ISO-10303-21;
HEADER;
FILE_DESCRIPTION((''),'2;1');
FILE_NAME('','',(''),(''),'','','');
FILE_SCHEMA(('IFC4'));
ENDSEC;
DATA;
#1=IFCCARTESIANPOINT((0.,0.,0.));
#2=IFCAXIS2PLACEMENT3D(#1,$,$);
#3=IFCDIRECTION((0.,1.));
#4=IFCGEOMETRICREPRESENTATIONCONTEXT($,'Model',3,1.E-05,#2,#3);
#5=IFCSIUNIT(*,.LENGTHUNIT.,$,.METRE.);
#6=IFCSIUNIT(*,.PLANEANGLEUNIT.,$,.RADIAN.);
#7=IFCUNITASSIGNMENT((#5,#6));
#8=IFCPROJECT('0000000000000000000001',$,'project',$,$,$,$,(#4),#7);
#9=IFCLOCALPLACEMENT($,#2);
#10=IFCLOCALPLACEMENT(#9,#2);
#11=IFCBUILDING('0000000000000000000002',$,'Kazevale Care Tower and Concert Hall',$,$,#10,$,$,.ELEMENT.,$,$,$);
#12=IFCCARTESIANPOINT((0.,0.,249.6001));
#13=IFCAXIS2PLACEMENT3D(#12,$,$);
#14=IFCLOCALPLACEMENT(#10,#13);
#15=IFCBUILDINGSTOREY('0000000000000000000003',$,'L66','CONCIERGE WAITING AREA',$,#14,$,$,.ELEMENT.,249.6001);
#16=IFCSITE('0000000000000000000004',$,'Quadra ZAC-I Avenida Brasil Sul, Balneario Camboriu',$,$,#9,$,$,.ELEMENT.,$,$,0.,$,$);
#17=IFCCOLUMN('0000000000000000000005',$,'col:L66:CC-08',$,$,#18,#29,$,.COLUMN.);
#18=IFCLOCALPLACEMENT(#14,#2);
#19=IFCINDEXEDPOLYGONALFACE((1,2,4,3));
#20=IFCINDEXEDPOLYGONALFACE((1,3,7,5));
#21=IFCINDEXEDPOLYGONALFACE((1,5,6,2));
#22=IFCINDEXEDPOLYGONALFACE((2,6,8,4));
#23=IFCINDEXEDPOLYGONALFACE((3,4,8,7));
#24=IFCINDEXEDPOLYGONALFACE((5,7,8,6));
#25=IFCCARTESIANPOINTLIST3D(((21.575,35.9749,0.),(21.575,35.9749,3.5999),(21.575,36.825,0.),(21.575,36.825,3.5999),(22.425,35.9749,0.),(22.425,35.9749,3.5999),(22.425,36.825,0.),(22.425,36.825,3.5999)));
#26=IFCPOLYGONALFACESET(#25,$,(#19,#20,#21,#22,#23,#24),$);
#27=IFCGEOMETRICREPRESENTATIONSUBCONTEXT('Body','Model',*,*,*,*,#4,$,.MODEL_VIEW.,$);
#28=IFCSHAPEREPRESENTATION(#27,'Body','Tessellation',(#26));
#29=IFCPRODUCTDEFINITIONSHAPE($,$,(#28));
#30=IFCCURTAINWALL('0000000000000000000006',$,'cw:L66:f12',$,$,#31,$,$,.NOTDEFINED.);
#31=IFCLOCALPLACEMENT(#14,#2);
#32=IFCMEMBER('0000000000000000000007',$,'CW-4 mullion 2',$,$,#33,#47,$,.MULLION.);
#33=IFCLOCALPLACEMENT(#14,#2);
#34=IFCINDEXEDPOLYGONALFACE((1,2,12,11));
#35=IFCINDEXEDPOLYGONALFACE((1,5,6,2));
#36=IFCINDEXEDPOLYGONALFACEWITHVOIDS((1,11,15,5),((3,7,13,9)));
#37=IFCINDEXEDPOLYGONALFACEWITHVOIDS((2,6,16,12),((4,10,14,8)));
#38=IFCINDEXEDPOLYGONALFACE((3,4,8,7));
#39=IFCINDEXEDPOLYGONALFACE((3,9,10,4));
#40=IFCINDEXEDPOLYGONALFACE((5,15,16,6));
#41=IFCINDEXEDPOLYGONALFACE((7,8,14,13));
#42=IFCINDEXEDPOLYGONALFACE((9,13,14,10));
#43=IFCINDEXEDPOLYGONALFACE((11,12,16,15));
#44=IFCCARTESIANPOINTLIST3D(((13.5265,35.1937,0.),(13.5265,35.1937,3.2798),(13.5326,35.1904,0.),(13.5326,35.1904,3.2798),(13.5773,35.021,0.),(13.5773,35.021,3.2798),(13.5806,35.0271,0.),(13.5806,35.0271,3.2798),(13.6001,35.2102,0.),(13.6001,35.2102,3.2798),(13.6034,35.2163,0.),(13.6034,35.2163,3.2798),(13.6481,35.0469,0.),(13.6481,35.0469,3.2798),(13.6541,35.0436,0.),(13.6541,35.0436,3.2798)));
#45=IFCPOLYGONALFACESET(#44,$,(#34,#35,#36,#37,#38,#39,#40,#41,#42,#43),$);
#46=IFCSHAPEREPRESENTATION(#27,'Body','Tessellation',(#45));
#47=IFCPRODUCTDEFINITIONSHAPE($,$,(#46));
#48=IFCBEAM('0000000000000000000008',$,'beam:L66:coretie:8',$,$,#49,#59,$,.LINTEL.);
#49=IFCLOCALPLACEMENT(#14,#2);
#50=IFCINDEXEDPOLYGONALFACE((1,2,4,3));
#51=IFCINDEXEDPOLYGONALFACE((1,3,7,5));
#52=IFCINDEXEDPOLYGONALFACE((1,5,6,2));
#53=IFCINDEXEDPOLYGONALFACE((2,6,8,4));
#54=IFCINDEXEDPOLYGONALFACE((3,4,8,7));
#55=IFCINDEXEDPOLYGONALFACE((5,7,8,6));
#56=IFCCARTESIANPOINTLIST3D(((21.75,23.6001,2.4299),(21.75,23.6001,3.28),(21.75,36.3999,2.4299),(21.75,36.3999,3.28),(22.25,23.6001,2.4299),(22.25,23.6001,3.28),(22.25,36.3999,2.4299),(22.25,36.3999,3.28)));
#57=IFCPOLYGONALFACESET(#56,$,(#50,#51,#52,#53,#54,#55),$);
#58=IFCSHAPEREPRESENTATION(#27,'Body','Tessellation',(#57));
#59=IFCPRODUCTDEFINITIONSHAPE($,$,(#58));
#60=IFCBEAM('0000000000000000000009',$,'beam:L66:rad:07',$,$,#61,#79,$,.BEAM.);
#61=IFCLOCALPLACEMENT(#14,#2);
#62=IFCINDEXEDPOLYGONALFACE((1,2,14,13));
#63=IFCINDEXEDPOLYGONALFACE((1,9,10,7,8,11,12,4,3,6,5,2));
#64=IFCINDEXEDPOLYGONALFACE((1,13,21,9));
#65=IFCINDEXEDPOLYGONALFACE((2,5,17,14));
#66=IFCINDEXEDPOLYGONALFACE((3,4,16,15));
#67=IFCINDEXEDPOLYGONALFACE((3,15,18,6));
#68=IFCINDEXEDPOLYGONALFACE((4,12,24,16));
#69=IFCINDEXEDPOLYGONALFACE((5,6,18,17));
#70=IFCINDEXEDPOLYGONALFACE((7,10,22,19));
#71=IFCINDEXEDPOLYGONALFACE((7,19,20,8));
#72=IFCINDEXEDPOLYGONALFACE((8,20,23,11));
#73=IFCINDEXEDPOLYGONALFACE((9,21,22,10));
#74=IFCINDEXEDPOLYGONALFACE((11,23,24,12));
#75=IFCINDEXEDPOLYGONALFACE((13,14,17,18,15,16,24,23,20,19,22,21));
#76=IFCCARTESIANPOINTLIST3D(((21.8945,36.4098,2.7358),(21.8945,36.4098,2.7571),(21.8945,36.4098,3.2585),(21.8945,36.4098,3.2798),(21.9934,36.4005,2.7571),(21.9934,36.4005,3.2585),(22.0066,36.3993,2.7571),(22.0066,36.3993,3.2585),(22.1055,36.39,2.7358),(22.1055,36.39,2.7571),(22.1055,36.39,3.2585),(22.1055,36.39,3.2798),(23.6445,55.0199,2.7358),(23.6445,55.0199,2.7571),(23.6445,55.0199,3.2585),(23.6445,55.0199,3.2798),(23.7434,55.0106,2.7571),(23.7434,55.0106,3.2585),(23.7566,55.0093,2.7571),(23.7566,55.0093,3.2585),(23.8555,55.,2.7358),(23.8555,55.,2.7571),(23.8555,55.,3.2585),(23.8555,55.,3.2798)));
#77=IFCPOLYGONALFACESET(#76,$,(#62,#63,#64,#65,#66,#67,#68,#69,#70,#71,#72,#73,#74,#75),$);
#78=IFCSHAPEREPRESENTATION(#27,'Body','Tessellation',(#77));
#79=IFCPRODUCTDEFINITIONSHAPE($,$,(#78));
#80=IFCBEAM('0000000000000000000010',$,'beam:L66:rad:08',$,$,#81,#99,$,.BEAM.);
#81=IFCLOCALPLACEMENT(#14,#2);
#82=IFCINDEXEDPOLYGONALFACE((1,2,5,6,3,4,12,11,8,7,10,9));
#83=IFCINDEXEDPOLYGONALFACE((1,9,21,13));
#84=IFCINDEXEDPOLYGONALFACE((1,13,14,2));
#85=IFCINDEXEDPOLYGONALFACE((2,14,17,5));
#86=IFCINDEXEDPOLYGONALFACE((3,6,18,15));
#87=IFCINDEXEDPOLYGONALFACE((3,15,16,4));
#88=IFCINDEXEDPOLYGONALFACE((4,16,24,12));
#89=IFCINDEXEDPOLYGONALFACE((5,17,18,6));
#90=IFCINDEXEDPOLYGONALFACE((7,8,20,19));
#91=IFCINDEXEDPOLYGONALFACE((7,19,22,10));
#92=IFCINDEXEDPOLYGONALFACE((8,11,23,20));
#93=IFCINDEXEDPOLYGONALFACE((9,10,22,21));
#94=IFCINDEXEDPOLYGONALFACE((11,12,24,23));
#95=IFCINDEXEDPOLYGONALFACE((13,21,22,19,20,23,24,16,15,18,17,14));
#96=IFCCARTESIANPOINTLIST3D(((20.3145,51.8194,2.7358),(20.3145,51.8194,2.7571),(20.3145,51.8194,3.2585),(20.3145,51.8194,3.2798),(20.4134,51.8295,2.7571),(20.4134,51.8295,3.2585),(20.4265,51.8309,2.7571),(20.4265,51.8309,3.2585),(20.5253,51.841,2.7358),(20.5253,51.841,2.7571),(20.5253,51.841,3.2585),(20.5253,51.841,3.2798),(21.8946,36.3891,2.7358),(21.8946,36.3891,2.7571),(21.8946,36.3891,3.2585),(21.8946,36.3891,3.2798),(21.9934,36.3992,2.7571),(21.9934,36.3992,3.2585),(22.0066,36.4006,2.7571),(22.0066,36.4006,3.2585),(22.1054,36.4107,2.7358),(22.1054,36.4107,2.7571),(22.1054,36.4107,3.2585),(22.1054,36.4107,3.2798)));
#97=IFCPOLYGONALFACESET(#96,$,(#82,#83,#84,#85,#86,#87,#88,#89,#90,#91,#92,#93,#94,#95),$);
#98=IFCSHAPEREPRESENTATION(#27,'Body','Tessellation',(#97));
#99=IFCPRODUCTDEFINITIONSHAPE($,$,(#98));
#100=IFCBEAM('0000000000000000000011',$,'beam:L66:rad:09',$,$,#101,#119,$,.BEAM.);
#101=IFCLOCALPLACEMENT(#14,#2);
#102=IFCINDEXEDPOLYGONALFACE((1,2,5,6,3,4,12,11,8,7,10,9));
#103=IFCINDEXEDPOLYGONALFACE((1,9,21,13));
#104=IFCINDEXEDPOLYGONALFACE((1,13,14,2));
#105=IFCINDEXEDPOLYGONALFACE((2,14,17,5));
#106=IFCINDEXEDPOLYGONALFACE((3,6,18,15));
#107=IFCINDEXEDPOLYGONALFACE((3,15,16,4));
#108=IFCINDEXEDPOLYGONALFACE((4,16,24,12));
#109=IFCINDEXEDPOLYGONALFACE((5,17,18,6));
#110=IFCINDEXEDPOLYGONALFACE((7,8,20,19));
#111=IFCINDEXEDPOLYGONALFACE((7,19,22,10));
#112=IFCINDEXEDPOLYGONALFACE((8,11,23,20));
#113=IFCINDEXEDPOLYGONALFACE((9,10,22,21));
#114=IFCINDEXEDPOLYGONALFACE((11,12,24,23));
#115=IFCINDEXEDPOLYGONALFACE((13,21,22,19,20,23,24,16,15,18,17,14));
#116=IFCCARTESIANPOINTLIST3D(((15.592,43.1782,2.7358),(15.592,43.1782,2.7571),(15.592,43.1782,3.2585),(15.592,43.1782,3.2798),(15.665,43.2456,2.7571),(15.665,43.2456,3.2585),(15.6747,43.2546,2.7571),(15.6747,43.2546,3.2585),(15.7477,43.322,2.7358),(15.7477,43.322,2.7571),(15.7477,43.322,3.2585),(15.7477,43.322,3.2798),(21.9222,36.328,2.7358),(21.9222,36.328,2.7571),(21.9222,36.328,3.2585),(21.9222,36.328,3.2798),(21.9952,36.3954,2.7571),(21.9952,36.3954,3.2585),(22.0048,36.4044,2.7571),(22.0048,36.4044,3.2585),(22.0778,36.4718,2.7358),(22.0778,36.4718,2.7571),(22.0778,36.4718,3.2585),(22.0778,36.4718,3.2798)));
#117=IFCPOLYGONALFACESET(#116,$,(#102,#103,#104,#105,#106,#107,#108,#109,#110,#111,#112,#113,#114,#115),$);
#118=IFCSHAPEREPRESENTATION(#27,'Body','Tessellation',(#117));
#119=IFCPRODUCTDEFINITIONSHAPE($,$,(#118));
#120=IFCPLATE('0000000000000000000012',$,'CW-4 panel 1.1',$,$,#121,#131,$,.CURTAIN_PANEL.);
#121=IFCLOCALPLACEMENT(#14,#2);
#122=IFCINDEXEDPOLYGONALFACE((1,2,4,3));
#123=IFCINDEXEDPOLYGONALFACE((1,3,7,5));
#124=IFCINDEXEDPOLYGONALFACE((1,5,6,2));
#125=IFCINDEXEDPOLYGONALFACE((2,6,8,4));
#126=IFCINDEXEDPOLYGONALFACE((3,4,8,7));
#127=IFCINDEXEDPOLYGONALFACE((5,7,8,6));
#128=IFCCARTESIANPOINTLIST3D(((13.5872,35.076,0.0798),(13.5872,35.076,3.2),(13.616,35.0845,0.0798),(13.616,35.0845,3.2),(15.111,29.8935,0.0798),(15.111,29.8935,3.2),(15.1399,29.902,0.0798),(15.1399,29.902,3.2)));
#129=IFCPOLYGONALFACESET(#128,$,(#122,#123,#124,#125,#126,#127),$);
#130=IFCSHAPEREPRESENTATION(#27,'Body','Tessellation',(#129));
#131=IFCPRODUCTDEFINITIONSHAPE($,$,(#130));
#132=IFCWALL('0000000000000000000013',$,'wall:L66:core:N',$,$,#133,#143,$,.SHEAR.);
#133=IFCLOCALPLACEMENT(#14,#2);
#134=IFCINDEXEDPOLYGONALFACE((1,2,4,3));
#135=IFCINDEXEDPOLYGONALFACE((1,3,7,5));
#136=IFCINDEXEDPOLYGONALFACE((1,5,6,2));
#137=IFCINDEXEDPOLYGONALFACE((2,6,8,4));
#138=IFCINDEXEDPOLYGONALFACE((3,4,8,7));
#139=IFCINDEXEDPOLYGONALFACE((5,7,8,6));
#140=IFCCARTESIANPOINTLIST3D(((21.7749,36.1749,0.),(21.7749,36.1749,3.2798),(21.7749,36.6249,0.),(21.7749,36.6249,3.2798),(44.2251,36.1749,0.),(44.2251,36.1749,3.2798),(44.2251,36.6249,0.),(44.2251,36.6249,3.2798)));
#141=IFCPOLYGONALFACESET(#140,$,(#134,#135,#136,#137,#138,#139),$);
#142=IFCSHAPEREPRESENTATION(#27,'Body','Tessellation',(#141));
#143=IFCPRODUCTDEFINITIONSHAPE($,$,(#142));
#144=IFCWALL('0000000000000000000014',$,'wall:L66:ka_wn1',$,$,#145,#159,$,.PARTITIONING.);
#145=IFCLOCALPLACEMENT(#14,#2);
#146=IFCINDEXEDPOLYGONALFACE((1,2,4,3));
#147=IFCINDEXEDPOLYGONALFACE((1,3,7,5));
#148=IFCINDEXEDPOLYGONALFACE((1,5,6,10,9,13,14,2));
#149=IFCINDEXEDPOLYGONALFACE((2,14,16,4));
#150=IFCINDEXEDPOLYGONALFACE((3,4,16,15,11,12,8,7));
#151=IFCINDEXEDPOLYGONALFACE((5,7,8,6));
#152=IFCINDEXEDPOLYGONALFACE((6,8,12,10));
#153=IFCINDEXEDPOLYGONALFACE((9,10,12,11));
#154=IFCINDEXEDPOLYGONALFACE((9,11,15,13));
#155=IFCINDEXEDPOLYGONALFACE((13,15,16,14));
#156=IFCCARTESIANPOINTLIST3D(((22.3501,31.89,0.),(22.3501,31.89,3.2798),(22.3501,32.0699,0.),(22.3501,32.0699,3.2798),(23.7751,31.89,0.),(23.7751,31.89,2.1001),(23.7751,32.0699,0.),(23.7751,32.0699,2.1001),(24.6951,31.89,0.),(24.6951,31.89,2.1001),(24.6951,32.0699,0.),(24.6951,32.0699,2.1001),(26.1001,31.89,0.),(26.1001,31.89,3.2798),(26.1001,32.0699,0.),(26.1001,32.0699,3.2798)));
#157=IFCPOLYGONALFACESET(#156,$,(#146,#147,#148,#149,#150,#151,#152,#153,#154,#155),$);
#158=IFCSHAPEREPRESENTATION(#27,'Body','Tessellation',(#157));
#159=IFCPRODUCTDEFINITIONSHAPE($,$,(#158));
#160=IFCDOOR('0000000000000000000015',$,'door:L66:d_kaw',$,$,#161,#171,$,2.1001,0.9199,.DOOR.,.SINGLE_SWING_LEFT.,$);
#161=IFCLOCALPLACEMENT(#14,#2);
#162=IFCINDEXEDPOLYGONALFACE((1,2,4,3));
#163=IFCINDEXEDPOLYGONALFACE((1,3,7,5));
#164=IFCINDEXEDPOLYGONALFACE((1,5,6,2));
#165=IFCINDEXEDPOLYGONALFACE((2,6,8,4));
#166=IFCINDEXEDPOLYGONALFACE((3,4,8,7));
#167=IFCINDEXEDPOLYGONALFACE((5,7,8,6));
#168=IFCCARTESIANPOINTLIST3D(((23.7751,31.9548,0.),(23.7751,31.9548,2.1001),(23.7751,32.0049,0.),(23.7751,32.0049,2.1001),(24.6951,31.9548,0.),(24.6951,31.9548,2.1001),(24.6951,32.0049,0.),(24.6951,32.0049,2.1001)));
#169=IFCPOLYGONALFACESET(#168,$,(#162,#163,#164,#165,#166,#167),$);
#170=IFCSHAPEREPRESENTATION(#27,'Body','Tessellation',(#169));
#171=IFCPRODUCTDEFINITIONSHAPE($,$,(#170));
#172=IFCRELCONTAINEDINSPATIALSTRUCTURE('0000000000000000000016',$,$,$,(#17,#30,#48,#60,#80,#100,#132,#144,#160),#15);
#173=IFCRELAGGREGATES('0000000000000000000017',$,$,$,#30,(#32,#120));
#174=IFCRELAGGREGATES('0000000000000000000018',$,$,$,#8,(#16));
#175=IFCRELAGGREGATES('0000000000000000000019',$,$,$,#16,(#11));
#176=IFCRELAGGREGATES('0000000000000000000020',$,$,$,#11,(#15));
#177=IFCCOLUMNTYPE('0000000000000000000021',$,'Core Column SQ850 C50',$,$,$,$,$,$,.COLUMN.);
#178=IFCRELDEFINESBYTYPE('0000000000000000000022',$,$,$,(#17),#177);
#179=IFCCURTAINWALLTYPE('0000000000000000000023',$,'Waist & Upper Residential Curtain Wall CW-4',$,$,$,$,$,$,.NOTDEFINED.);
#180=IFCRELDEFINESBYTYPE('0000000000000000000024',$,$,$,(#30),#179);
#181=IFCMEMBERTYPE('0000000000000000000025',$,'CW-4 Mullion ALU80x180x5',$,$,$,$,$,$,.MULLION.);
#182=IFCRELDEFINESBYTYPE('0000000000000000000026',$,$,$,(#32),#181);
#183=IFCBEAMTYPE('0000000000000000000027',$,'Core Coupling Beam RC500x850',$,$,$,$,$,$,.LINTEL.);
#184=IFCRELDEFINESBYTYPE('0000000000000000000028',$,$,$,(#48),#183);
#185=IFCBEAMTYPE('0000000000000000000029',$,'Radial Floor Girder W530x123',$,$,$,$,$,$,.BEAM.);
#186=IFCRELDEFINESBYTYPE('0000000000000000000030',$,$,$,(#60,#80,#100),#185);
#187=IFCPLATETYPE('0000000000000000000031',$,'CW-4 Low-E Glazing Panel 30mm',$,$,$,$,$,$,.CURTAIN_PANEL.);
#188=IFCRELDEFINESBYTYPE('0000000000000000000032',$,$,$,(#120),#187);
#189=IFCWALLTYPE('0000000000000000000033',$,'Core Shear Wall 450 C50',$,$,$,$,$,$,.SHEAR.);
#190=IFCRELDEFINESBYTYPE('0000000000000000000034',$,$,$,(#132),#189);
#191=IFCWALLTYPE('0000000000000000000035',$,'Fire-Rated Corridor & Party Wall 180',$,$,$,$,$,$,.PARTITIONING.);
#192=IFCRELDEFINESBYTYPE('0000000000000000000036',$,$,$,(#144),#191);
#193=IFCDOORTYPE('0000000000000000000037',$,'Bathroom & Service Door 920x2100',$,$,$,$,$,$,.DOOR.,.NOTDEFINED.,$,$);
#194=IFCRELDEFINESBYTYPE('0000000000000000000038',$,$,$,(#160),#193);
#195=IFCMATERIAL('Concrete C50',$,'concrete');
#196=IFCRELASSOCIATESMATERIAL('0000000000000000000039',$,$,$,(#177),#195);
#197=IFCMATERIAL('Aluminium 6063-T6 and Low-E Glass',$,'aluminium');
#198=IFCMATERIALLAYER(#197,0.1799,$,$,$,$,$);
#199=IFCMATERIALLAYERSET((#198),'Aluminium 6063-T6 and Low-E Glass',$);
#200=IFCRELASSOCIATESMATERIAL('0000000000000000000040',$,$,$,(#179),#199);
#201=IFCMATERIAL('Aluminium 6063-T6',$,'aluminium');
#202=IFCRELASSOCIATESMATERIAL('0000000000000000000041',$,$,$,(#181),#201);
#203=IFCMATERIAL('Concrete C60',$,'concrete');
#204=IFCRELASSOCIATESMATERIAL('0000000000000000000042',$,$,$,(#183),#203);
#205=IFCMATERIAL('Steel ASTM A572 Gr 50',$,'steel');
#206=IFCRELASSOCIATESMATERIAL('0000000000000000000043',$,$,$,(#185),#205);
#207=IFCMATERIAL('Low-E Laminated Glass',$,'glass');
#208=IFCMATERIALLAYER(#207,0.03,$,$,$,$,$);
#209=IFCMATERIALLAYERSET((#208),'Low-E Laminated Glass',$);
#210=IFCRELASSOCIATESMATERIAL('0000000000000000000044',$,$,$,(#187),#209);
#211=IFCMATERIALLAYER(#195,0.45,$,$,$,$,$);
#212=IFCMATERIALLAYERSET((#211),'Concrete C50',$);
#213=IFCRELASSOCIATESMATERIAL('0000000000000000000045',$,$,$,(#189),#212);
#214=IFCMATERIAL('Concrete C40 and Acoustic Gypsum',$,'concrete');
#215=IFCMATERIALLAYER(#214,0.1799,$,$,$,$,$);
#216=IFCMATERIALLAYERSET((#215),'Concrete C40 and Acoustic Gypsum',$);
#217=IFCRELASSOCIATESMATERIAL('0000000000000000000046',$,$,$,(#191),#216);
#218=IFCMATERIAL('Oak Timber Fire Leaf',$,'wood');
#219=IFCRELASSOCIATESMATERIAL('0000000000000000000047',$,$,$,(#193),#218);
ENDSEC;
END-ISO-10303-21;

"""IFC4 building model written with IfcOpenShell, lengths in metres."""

from ifc_helpers import new_model, si_unit, direction, frame, frame_2d, origin, origin_2d, place, context, subcontext, project, spatial, rectangle, hollow_rectangle, i_section, extrude, material, layer, layer_set, material_profile, profile_set, type_object, element, fill, aggregate, save


model = new_model("IFC4")

# Units and contexts
model_context = context("Model", 3, precision=1e-05, world=origin(), true_north=direction((0.0, 1.0)))
body_context = subcontext(model_context, "Body", "Model", "MODEL_VIEW")
ifc_project = project(units=[si_unit("LENGTHUNIT", "METRE"), si_unit("PLANEANGLEUNIT", "RADIAN")], contexts=[model_context])

# Site, building, storey
site_placement = place(None, origin())
site = spatial("IfcSite", under=ifc_project, at=site_placement, Name="Quadra ZAC-I Avenida Brasil Sul, Balneario Camboriu", CompositionType="ELEMENT", RefElevation=0.0)
building_placement = place(site_placement, origin())
building = spatial("IfcBuilding", under=site, at=building_placement, Name="Kazevale Care Tower and Concert Hall", CompositionType="ELEMENT")
storey_placement = place(building_placement, frame((0.0, 0.0, 249.6001)))
storey = spatial("IfcBuildingStorey", under=building, at=storey_placement, Name="L66", Description="CONCIERGE WAITING AREA", CompositionType="ELEMENT", Elevation=249.6001)

# Column
ifc_material_1 = material(Name="Concrete C50", Category="concrete")
ifc_material_profile_1 = material_profile(ifc_material_1, rectangle(XDim=0.8501, YDim=0.8501, at=origin_2d()), Name="RC-SQ850")
ifc_profile_set_1 = profile_set([ifc_material_profile_1], Name="Concrete C50")
column_type = type_object("IfcColumnType", Name="Core Column SQ850 C50", PredefinedType="COLUMN", material=ifc_profile_set_1)
column_placement = place(storey_placement, frame((22.0, 36.3999, 0.0), z_axis=(0.0, 0.0, 1.0), x_axis=(1.0, 0.0, 0.0)))
element("IfcColumn", 1, at=column_placement, inside=storey, type_object=column_type, Name="col:L66:CC-08", PredefinedType="COLUMN", context=body_context, shape_type="SweptSolid", body=[
    extrude(rectangle(XDim=0.8501, YDim=0.8501, at=origin_2d()), origin(), (0.0, 0.0, 1.0), 3.5999),
])

# Curtain wall, member
ifc_material_2 = material(Name="Aluminium 6063-T6 and Low-E Glass", Category="aluminium")
ifc_layer_1 = layer(ifc_material_2, 0.1799)
ifc_layer_set_1 = layer_set([ifc_layer_1], Name="Aluminium 6063-T6 and Low-E Glass")
curtain_wall_type = type_object("IfcCurtainWallType", Name="Waist & Upper Residential Curtain Wall CW-4", PredefinedType="NOTDEFINED", material=ifc_layer_set_1)
curtain_wall_placement = place(storey_placement, origin())
curtain_wall = element("IfcCurtainWall", 2, at=curtain_wall_placement, inside=storey, type_object=curtain_wall_type, Name="cw:L66:f12", PredefinedType="NOTDEFINED")
ifc_material_3 = material(Name="Aluminium 6063-T6", Category="aluminium")
ifc_material_profile_2 = material_profile(ifc_material_3, hollow_rectangle(XDim=0.0801, YDim=0.1799, WallThickness=0.0049, at=origin_2d()), Name="ALU80x180x5")
ifc_profile_set_2 = profile_set([ifc_material_profile_2], Name="Aluminium 6063-T6")
member_type = type_object("IfcMemberType", Name="CW-4 Mullion ALU80x180x5", PredefinedType="MULLION", material=ifc_profile_set_2)
member_placement = place(storey_placement, frame((13.5903, 35.1187, 0.0), z_axis=(0.0, 0.0, 1.0), x_axis=(-0.959386, -0.282098, 0.0)))
member = element("IfcMember", 3, at=member_placement, type_object=member_type, Name="CW-4 mullion 2", PredefinedType="MULLION", context=body_context, shape_type="SweptSolid", body=[
    extrude(hollow_rectangle(XDim=0.0801, YDim=0.1799, WallThickness=0.0049, at=origin_2d()), origin(), (0.0, 0.0, 1.0), 3.2798),
])

# Beams
ifc_material_4 = material(Name="Concrete C60", Category="concrete")
ifc_material_profile_3 = material_profile(ifc_material_4, rectangle(XDim=0.5, YDim=0.8501, at=origin_2d()), Name="RC-B500x850")
ifc_profile_set_3 = profile_set([ifc_material_profile_3], Name="Concrete C60")
beam_type_1 = type_object("IfcBeamType", Name="Core Coupling Beam RC500x850", PredefinedType="LINTEL", material=ifc_profile_set_3)
beam_1_placement = place(storey_placement, frame((22.0, 36.3999, 2.855), z_axis=(0.0, -1.0, 0.0), x_axis=(1.0, 0.0, 0.0)))
element("IfcBeam", 4, at=beam_1_placement, inside=storey, type_object=beam_type_1, Name="beam:L66:coretie:8", PredefinedType="LINTEL", context=body_context, shape_type="SweptSolid", body=[
    extrude(rectangle(XDim=0.5, YDim=0.8501, at=origin_2d()), origin(), (0.0, 0.0, 1.0), 12.7998),
])
ifc_material_5 = material(Name="Steel ASTM A572 Gr 50", Category="steel")
ifc_material_profile_4 = material_profile(ifc_material_5, i_section(OverallWidth=0.2119, OverallDepth=0.5439, WebThickness=0.0132, FlangeThickness=0.0212, at=origin_2d()), Name="W530x123")
ifc_profile_set_4 = profile_set([ifc_material_profile_4], Name="Steel ASTM A572 Gr 50")
beam_type_2 = type_object("IfcBeamType", Name="Radial Floor Girder W530x123", PredefinedType="BEAM", material=ifc_profile_set_4)
beam_2_placement = place(storey_placement, frame((22.0, 36.3999, 3.0078), z_axis=(0.093622, 0.995608, 0.0), x_axis=(-0.995608, 0.093622, 0.0)))
element("IfcBeam", 5, at=beam_2_placement, inside=storey, type_object=beam_type_2, Name="beam:L66:rad:07", PredefinedType="BEAM", context=body_context, shape_type="SweptSolid", body=[
    extrude(i_section(OverallWidth=0.2119, OverallDepth=0.5439, WebThickness=0.0132, FlangeThickness=0.0212, at=origin_2d()), origin(), (0.0, 0.0, 1.0), 18.6921),
])
beam_3_placement = place(storey_placement, frame((22.0, 36.3999, 3.0078), z_axis=(-0.101869, 0.994798, 0.0), x_axis=(-0.994798, -0.101869, 0.0)))
element("IfcBeam", 6, at=beam_3_placement, inside=storey, type_object=beam_type_2, Name="beam:L66:rad:08", PredefinedType="BEAM", context=body_context, shape_type="SweptSolid", body=[
    extrude(i_section(OverallWidth=0.2119, OverallDepth=0.5439, WebThickness=0.0132, FlangeThickness=0.0212, at=origin_2d()), origin(), (0.0, 0.0, 1.0), 15.511),
])
beam_4_placement = place(storey_placement, frame((22.0, 36.3999, 3.0078), z_axis=(-0.67868, 0.734434, 0.0), x_axis=(-0.734434, -0.67868, 0.0)))
element("IfcBeam", 7, at=beam_4_placement, inside=storey, type_object=beam_type_2, Name="beam:L66:rad:09", PredefinedType="BEAM", context=body_context, shape_type="SweptSolid", body=[
    extrude(i_section(OverallWidth=0.2119, OverallDepth=0.5439, WebThickness=0.0132, FlangeThickness=0.0212, at=origin_2d()), origin(), (0.0, 0.0, 1.0), 9.3271),
])

# Plate
ifc_material_6 = material(Name="Low-E Laminated Glass", Category="glass")
ifc_layer_2 = layer(ifc_material_6, 0.03)
ifc_layer_set_2 = layer_set([ifc_layer_2], Name="Low-E Laminated Glass")
plate_type = type_object("IfcPlateType", Name="CW-4 Low-E Glazing Panel 30mm", PredefinedType="CURTAIN_PANEL", material=ifc_layer_set_2)
plate_placement = place(storey_placement, frame((14.3635, 32.489, 0.0798), z_axis=(0.0, 0.0, 1.0), x_axis=(-0.282098, 0.959386, 0.0)))
plate = element("IfcPlate", 8, at=plate_placement, type_object=plate_type, Name="CW-4 panel 1.1", PredefinedType="CURTAIN_PANEL", context=body_context, shape_type="SweptSolid", body=[
    extrude(rectangle(XDim=5.4019, YDim=0.03, at=origin_2d()), origin(), (0.0, 0.0, 1.0), 3.1201),
])
aggregate(curtain_wall, [member, plate])

# Wall
ifc_layer_3 = layer(ifc_material_1, 0.45)
ifc_layer_set_3 = layer_set([ifc_layer_3], Name="Concrete C50")
wall_type_1 = type_object("IfcWallType", Name="Core Shear Wall 450 C50", PredefinedType="SHEAR", material=ifc_layer_set_3)
wall_1_placement = place(storey_placement, frame((21.7749, 36.3999, 0.0), z_axis=(0.0, 0.0, 1.0), x_axis=(1.0, 0.0, 0.0)))
element("IfcWall", 9, at=wall_1_placement, inside=storey, type_object=wall_type_1, Name="wall:L66:core:N", PredefinedType="SHEAR", context=body_context, shape_type="SweptSolid", body=[
    extrude(rectangle(XDim=22.4502, YDim=0.45, at=frame_2d((11.2251, 0.0))), origin(), (0.0, 0.0, 1.0), 3.2798),
])

# Wall, opening, door
ifc_material_7 = material(Name="Concrete C40 and Acoustic Gypsum", Category="concrete")
ifc_layer_4 = layer(ifc_material_7, 0.1799)
ifc_layer_set_4 = layer_set([ifc_layer_4], Name="Concrete C40 and Acoustic Gypsum")
wall_type_2 = type_object("IfcWallType", Name="Fire-Rated Corridor & Party Wall 180", PredefinedType="PARTITIONING", material=ifc_layer_set_4)
wall_2_placement = place(storey_placement, frame((22.3501, 31.98, 0.0), z_axis=(0.0, 0.0, 1.0), x_axis=(1.0, 0.0, 0.0)))
wall_2 = element("IfcWall", 10, at=wall_2_placement, inside=storey, type_object=wall_type_2, Name="wall:L66:ka_wn1", PredefinedType="PARTITIONING", context=body_context, shape_type="SweptSolid", body=[
    extrude(rectangle(XDim=3.75, YDim=0.1799, at=frame_2d((1.875, 0.0))), origin(), (0.0, 0.0, 1.0), 3.2798),
])
opening_1_placement = place(wall_2_placement, frame((1.425, 0.0, 0.0)))
opening_1 = element("IfcOpeningElement", 11, at=opening_1_placement, cuts=wall_2, PredefinedType="OPENING", context=body_context, shape_type="SweptSolid", body=[
    extrude(rectangle(XDim=0.9199, YDim=2.1001, at=frame_2d((0.46, 1.05))), frame((0.0, 0.0999, 0.0), z_axis=(0.0, -1.0, 0.0), x_axis=(1.0, 0.0, 0.0)), (0.0, 0.0, 1.0), 0.2),
])
ifc_material_8 = material(Name="Oak Timber Fire Leaf", Category="wood")
door_type_1 = type_object("IfcDoorType", Name="Bathroom & Service Door 920x2100", OperationType="NOTDEFINED", PredefinedType="DOOR", material=ifc_material_8)
door_1_placement = place(opening_1_placement, origin())
door_1 = element("IfcDoor", 12, at=door_1_placement, inside=storey, type_object=door_type_1, Name="door:L66:d_kaw", OperationType="SINGLE_SWING_LEFT", OverallHeight=2.1001, OverallWidth=0.9199, PredefinedType="DOOR", context=body_context, shape_type="SweptSolid", body=[
    extrude(rectangle(XDim=0.9199, YDim=2.1001, at=frame_2d((0.46, 1.05))), frame((0.0, 0.0249, 0.0), z_axis=(0.0, -1.0, 0.0), x_axis=(1.0, 0.0, 0.0)), (0.0, 0.0, 1.0), 0.05),
])
fill(opening_1, door_1)

save(model, "model.ifc")
